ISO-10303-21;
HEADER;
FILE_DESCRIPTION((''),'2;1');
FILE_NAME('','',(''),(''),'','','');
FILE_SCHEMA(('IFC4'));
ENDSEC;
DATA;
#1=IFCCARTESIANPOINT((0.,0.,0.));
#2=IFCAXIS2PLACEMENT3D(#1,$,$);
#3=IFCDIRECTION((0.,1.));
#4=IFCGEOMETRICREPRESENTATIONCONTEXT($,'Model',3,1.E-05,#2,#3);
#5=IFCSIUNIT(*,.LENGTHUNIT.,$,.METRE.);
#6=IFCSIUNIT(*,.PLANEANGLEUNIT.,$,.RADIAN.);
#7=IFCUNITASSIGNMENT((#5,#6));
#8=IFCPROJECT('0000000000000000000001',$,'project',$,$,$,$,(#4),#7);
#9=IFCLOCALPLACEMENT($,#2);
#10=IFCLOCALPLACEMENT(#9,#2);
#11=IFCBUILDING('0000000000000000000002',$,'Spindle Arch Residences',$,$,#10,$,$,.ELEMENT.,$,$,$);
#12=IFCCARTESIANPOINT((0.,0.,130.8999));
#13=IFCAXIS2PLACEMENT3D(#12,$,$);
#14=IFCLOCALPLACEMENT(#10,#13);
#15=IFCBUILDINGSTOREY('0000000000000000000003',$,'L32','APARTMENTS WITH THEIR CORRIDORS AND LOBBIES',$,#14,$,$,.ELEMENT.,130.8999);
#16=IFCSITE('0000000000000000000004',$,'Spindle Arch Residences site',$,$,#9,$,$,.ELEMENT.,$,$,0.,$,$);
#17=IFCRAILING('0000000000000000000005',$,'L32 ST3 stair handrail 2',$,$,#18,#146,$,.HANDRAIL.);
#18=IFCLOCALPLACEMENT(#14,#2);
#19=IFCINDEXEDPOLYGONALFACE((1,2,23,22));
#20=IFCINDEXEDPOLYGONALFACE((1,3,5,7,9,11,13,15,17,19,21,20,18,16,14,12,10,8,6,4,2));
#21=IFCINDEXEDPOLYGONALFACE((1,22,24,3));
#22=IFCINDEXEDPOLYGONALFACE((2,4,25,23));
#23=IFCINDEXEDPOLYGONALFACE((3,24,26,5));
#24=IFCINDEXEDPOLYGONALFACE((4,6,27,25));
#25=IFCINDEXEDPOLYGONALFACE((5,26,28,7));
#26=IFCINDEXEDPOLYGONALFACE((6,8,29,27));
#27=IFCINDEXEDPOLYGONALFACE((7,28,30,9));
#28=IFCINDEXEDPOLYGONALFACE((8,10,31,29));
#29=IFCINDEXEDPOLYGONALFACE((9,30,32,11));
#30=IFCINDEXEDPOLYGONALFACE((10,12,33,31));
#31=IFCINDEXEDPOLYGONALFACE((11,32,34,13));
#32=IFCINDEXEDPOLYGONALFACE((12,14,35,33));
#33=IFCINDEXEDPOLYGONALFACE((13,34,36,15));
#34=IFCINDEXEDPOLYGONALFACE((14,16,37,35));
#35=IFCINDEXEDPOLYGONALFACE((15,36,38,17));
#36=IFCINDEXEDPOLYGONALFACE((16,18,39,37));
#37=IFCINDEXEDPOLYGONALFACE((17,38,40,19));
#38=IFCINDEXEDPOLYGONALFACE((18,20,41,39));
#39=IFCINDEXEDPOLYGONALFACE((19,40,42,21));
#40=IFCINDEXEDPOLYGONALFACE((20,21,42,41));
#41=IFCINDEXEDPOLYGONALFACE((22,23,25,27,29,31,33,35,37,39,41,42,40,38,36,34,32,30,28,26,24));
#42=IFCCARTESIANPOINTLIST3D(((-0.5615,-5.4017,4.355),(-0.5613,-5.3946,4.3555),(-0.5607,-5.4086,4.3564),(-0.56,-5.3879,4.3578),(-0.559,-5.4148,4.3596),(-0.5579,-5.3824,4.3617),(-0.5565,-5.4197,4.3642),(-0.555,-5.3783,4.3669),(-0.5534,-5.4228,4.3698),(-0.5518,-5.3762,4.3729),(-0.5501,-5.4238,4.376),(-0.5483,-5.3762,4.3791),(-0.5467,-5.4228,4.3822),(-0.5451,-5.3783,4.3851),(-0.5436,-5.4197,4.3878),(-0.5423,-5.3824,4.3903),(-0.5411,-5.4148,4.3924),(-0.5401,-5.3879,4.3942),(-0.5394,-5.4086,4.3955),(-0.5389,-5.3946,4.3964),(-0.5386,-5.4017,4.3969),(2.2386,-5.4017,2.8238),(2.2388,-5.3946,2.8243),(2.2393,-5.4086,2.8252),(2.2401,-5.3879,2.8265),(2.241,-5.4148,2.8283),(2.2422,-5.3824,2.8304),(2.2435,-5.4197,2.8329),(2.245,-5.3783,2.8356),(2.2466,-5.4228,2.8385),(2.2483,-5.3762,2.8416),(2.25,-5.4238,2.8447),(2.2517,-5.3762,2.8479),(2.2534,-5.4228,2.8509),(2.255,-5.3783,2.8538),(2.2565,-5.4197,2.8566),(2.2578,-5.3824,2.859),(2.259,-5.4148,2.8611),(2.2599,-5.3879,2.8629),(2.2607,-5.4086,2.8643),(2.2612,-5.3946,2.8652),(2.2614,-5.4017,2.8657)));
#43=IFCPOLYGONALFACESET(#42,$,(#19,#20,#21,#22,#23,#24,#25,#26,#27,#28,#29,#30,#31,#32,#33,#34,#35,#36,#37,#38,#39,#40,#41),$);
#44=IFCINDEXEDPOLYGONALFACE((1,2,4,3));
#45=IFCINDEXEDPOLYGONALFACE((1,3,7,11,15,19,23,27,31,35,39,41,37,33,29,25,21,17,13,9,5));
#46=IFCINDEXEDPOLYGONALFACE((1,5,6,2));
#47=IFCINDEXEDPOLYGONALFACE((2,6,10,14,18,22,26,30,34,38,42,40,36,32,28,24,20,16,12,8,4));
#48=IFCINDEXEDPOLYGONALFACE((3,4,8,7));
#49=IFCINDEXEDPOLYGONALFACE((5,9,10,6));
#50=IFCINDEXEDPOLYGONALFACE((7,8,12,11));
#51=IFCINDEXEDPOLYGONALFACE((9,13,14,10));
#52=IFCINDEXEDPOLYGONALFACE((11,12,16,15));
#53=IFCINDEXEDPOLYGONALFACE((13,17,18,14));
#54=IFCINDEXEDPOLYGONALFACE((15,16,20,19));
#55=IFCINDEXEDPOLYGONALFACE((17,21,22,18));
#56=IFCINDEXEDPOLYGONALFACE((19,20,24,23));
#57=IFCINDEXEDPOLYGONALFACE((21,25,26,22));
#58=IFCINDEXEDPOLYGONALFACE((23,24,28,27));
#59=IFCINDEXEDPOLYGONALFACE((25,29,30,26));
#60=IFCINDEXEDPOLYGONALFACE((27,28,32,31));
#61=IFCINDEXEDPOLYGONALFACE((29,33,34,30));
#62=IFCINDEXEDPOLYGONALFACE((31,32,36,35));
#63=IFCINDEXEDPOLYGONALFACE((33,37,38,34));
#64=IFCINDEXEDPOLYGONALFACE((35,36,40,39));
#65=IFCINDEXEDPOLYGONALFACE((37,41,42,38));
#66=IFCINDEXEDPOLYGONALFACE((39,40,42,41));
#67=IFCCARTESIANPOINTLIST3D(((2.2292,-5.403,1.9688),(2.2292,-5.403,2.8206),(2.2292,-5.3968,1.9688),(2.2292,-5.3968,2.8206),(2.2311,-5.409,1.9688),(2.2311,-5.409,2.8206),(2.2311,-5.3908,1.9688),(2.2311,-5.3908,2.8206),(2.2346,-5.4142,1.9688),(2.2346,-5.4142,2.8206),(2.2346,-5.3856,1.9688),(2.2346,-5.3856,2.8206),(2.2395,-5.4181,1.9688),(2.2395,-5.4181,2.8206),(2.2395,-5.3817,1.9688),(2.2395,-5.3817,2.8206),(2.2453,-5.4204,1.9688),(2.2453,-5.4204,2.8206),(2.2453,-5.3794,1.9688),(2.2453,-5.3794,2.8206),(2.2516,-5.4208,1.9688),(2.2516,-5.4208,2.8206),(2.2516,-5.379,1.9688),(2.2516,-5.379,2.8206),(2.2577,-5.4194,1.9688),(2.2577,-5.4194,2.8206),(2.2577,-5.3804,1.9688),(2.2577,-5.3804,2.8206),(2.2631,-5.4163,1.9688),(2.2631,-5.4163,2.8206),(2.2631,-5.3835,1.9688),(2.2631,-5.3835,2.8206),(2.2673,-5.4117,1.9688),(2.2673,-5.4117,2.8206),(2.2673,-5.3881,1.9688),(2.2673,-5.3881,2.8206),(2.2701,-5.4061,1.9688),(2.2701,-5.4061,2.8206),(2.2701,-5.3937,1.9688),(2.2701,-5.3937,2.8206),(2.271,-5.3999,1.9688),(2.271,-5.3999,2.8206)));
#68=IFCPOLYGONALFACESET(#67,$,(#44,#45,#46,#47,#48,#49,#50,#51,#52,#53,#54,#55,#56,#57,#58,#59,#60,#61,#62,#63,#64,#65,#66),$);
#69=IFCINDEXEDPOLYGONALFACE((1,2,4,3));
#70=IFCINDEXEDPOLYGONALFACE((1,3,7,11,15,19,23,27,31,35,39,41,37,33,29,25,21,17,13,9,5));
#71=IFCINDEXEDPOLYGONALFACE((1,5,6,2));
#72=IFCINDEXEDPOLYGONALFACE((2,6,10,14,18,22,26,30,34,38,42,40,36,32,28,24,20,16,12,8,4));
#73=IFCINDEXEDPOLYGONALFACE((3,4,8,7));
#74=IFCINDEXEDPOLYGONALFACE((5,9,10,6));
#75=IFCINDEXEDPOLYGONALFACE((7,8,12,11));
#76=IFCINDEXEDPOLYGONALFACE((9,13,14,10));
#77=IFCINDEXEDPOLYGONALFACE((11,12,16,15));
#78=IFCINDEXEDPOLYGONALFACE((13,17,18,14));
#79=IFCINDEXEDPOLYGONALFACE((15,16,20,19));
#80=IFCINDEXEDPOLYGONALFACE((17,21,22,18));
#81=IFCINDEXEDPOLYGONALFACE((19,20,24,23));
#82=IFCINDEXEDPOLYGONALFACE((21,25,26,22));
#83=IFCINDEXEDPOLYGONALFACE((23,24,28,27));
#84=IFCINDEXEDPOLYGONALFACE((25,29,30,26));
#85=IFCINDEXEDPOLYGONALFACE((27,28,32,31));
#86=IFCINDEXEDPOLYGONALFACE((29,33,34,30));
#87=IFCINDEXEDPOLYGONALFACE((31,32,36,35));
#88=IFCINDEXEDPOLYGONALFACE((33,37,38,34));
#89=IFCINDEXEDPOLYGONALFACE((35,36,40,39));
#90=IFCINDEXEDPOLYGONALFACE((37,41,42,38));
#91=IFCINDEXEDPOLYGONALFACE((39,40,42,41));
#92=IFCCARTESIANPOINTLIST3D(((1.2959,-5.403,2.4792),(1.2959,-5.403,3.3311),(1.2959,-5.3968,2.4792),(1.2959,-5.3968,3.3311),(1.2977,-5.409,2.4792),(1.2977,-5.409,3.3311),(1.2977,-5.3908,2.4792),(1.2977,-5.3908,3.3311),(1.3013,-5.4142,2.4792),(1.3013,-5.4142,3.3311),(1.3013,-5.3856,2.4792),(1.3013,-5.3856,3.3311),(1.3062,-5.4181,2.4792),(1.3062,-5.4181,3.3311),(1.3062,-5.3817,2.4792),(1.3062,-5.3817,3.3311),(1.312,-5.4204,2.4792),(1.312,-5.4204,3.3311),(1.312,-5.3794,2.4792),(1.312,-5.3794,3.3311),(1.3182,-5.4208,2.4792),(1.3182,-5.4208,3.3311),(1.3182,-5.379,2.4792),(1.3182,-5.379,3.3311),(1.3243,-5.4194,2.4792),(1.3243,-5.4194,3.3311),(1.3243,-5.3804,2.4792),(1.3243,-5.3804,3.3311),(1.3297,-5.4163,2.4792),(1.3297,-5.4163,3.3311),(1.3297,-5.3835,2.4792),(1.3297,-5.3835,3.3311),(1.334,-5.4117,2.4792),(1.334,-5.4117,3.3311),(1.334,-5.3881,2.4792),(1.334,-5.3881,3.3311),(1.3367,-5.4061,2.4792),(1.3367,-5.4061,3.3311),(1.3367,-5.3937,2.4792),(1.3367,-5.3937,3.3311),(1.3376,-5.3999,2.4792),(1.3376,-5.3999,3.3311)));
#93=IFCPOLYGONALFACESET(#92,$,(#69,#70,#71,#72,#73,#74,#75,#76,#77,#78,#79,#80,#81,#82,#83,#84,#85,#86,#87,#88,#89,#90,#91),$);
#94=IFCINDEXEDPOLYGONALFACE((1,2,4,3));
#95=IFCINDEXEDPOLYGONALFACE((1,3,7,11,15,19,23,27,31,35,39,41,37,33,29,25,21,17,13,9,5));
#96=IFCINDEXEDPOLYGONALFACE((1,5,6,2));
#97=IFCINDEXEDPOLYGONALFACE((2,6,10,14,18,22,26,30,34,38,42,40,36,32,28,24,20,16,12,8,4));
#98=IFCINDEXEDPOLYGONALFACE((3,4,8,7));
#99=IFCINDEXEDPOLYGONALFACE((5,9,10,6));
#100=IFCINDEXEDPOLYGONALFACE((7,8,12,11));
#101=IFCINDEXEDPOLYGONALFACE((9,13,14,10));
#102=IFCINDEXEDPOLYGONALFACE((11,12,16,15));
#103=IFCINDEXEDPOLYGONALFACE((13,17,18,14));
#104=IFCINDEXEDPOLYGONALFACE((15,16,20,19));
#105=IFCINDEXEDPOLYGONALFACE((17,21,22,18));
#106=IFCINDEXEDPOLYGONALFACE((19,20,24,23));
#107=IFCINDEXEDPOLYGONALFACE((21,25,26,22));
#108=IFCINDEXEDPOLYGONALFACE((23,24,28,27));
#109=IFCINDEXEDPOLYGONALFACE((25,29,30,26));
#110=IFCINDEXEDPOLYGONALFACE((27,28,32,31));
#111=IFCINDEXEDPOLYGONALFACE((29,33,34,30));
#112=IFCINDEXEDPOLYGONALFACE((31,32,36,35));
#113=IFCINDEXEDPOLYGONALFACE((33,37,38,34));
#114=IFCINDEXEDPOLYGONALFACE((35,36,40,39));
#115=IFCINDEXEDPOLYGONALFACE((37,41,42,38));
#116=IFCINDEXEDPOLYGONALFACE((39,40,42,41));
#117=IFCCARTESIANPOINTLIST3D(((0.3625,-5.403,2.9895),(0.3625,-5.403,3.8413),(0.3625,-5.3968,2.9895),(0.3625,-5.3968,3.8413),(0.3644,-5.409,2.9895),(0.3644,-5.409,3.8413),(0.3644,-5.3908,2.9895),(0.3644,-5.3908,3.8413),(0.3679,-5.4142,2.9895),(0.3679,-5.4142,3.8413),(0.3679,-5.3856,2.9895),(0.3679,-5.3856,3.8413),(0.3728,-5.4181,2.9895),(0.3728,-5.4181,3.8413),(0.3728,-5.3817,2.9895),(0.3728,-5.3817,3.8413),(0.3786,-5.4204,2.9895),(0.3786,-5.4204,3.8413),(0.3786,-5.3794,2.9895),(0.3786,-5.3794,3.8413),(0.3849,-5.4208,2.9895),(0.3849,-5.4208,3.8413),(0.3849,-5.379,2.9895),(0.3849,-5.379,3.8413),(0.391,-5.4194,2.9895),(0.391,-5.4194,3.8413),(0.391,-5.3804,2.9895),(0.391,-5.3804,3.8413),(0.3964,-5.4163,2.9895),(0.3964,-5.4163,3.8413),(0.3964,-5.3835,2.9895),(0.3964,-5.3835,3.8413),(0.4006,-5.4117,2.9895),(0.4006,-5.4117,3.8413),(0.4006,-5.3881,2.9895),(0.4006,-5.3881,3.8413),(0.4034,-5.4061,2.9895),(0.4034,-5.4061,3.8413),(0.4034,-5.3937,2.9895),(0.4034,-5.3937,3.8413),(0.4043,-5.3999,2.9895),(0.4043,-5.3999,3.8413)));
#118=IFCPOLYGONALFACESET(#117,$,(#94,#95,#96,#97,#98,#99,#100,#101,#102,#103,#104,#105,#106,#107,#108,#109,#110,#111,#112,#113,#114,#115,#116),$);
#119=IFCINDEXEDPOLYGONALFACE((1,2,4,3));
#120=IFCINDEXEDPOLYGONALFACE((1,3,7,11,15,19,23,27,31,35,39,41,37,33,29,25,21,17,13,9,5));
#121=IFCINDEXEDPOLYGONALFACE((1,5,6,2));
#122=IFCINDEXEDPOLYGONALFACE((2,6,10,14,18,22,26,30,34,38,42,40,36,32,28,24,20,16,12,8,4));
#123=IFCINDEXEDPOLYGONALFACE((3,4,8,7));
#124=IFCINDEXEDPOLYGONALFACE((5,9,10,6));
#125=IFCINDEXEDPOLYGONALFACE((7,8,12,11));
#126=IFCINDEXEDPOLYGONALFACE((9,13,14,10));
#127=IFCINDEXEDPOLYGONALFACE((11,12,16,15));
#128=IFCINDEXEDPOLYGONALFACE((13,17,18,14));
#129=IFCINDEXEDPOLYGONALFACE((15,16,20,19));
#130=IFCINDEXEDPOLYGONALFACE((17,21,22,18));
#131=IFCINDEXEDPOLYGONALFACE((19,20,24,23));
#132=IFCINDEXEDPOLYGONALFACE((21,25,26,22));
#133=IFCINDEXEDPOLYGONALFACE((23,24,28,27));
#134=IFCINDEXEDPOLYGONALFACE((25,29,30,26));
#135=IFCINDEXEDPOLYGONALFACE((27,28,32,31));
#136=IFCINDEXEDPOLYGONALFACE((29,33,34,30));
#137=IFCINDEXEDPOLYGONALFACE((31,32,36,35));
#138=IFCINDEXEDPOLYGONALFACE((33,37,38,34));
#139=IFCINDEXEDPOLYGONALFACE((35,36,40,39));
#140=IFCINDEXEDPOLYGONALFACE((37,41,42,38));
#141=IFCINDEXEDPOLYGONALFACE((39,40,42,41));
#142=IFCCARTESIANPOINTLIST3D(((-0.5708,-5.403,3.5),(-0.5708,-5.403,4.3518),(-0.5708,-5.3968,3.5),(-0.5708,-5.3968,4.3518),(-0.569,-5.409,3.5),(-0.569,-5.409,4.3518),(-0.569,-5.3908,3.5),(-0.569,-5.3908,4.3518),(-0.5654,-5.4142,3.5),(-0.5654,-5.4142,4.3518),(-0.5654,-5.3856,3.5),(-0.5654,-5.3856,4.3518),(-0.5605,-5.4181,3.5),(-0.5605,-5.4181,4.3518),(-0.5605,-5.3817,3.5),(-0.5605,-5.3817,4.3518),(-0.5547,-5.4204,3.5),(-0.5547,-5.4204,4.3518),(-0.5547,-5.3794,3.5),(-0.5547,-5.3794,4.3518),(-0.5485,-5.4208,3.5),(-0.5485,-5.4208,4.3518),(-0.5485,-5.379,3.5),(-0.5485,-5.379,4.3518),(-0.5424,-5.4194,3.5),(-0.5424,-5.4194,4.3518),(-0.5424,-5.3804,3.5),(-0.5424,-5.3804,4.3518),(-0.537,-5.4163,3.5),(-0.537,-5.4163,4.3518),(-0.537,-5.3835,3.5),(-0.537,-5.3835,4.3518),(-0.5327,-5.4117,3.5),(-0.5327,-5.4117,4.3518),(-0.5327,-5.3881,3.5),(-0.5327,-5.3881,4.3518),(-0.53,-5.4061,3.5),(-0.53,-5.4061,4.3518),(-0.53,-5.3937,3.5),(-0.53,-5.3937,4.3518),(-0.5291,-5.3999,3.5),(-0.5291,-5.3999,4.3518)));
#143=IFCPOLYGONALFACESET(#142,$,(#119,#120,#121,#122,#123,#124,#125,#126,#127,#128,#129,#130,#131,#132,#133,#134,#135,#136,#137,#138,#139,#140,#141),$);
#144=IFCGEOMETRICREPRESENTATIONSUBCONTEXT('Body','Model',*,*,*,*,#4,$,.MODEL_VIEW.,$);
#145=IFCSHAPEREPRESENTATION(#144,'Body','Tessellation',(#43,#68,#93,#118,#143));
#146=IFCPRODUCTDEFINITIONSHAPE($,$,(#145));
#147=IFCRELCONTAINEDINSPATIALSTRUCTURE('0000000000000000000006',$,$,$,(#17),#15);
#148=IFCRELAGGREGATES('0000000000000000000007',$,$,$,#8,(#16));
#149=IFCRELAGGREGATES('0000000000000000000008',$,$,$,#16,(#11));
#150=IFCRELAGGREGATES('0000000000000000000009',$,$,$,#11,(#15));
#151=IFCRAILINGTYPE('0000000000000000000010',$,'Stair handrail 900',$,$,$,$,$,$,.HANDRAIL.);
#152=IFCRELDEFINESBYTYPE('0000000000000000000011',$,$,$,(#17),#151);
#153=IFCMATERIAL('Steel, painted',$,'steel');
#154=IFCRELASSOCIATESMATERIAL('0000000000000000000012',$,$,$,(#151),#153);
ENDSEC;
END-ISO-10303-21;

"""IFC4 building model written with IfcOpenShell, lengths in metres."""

from ifc_helpers import new_model, si_unit, direction, frame, origin, origin_2d, place, context, subcontext, project, spatial, circle, extrude, material, type_object, element, save


model = new_model("IFC4")

# Units and contexts
model_context = context("Model", 3, precision=1e-05, world=origin(), true_north=direction((0.0, 1.0)))
body_context = subcontext(model_context, "Body", "Model", "MODEL_VIEW")
ifc_project = project(units=[si_unit("LENGTHUNIT", "METRE"), si_unit("PLANEANGLEUNIT", "RADIAN")], contexts=[model_context])

# Site, building, storey
site_placement = place(None, origin())
site = spatial("IfcSite", under=ifc_project, at=site_placement, Name="Spindle Arch Residences site", CompositionType="ELEMENT", RefElevation=0.0)
building_placement = place(site_placement, origin())
building = spatial("IfcBuilding", under=site, at=building_placement, Name="Spindle Arch Residences", CompositionType="ELEMENT")
storey_placement = place(building_placement, frame((0.0, 0.0, 130.8999)))
storey = spatial("IfcBuildingStorey", under=building, at=storey_placement, Name="L32", Description="APARTMENTS WITH THEIR CORRIDORS AND LOBBIES", CompositionType="ELEMENT", Elevation=130.8999)

# Railing
ifc_material_1 = material(Name="Steel, painted", Category="steel")
railing_type = type_object("IfcRailingType", Name="Stair handrail 900", PredefinedType="HANDRAIL", material=ifc_material_1)
railing_placement = place(storey_placement, frame((2.25, -5.3999, 1.9688)))
element("IfcRailing", 1, at=railing_placement, inside=storey, type_object=railing_type, Name="L32 ST3 stair handrail 2", PredefinedType="HANDRAIL", context=body_context, shape_type="SweptSolid", body=[
    extrude(circle(Radius=0.0239, at=origin_2d()), frame((0.0, 0.0, 0.876), z_axis=(-0.877375, 0.0, 0.479806), x_axis=(0.0, -1.0, 0.0)), (0.0, 0.0, 1.0), 3.1914),
    extrude(circle(Radius=0.021, at=origin_2d()), origin(), (0.0, 0.0, 1.0), 0.8518),
    extrude(circle(Radius=0.021, at=origin_2d()), frame((-0.9333, 0.0, 0.5105)), (0.0, 0.0, 1.0), 0.8518),
    extrude(circle(Radius=0.021, at=origin_2d()), frame((-1.8667, 0.0, 1.0208)), (0.0, 0.0, 1.0), 0.8518),
    extrude(circle(Radius=0.021, at=origin_2d()), frame((-2.8, 0.0, 1.5312)), (0.0, 0.0, 1.0), 0.8518),
])

save(model, "model.ifc")
